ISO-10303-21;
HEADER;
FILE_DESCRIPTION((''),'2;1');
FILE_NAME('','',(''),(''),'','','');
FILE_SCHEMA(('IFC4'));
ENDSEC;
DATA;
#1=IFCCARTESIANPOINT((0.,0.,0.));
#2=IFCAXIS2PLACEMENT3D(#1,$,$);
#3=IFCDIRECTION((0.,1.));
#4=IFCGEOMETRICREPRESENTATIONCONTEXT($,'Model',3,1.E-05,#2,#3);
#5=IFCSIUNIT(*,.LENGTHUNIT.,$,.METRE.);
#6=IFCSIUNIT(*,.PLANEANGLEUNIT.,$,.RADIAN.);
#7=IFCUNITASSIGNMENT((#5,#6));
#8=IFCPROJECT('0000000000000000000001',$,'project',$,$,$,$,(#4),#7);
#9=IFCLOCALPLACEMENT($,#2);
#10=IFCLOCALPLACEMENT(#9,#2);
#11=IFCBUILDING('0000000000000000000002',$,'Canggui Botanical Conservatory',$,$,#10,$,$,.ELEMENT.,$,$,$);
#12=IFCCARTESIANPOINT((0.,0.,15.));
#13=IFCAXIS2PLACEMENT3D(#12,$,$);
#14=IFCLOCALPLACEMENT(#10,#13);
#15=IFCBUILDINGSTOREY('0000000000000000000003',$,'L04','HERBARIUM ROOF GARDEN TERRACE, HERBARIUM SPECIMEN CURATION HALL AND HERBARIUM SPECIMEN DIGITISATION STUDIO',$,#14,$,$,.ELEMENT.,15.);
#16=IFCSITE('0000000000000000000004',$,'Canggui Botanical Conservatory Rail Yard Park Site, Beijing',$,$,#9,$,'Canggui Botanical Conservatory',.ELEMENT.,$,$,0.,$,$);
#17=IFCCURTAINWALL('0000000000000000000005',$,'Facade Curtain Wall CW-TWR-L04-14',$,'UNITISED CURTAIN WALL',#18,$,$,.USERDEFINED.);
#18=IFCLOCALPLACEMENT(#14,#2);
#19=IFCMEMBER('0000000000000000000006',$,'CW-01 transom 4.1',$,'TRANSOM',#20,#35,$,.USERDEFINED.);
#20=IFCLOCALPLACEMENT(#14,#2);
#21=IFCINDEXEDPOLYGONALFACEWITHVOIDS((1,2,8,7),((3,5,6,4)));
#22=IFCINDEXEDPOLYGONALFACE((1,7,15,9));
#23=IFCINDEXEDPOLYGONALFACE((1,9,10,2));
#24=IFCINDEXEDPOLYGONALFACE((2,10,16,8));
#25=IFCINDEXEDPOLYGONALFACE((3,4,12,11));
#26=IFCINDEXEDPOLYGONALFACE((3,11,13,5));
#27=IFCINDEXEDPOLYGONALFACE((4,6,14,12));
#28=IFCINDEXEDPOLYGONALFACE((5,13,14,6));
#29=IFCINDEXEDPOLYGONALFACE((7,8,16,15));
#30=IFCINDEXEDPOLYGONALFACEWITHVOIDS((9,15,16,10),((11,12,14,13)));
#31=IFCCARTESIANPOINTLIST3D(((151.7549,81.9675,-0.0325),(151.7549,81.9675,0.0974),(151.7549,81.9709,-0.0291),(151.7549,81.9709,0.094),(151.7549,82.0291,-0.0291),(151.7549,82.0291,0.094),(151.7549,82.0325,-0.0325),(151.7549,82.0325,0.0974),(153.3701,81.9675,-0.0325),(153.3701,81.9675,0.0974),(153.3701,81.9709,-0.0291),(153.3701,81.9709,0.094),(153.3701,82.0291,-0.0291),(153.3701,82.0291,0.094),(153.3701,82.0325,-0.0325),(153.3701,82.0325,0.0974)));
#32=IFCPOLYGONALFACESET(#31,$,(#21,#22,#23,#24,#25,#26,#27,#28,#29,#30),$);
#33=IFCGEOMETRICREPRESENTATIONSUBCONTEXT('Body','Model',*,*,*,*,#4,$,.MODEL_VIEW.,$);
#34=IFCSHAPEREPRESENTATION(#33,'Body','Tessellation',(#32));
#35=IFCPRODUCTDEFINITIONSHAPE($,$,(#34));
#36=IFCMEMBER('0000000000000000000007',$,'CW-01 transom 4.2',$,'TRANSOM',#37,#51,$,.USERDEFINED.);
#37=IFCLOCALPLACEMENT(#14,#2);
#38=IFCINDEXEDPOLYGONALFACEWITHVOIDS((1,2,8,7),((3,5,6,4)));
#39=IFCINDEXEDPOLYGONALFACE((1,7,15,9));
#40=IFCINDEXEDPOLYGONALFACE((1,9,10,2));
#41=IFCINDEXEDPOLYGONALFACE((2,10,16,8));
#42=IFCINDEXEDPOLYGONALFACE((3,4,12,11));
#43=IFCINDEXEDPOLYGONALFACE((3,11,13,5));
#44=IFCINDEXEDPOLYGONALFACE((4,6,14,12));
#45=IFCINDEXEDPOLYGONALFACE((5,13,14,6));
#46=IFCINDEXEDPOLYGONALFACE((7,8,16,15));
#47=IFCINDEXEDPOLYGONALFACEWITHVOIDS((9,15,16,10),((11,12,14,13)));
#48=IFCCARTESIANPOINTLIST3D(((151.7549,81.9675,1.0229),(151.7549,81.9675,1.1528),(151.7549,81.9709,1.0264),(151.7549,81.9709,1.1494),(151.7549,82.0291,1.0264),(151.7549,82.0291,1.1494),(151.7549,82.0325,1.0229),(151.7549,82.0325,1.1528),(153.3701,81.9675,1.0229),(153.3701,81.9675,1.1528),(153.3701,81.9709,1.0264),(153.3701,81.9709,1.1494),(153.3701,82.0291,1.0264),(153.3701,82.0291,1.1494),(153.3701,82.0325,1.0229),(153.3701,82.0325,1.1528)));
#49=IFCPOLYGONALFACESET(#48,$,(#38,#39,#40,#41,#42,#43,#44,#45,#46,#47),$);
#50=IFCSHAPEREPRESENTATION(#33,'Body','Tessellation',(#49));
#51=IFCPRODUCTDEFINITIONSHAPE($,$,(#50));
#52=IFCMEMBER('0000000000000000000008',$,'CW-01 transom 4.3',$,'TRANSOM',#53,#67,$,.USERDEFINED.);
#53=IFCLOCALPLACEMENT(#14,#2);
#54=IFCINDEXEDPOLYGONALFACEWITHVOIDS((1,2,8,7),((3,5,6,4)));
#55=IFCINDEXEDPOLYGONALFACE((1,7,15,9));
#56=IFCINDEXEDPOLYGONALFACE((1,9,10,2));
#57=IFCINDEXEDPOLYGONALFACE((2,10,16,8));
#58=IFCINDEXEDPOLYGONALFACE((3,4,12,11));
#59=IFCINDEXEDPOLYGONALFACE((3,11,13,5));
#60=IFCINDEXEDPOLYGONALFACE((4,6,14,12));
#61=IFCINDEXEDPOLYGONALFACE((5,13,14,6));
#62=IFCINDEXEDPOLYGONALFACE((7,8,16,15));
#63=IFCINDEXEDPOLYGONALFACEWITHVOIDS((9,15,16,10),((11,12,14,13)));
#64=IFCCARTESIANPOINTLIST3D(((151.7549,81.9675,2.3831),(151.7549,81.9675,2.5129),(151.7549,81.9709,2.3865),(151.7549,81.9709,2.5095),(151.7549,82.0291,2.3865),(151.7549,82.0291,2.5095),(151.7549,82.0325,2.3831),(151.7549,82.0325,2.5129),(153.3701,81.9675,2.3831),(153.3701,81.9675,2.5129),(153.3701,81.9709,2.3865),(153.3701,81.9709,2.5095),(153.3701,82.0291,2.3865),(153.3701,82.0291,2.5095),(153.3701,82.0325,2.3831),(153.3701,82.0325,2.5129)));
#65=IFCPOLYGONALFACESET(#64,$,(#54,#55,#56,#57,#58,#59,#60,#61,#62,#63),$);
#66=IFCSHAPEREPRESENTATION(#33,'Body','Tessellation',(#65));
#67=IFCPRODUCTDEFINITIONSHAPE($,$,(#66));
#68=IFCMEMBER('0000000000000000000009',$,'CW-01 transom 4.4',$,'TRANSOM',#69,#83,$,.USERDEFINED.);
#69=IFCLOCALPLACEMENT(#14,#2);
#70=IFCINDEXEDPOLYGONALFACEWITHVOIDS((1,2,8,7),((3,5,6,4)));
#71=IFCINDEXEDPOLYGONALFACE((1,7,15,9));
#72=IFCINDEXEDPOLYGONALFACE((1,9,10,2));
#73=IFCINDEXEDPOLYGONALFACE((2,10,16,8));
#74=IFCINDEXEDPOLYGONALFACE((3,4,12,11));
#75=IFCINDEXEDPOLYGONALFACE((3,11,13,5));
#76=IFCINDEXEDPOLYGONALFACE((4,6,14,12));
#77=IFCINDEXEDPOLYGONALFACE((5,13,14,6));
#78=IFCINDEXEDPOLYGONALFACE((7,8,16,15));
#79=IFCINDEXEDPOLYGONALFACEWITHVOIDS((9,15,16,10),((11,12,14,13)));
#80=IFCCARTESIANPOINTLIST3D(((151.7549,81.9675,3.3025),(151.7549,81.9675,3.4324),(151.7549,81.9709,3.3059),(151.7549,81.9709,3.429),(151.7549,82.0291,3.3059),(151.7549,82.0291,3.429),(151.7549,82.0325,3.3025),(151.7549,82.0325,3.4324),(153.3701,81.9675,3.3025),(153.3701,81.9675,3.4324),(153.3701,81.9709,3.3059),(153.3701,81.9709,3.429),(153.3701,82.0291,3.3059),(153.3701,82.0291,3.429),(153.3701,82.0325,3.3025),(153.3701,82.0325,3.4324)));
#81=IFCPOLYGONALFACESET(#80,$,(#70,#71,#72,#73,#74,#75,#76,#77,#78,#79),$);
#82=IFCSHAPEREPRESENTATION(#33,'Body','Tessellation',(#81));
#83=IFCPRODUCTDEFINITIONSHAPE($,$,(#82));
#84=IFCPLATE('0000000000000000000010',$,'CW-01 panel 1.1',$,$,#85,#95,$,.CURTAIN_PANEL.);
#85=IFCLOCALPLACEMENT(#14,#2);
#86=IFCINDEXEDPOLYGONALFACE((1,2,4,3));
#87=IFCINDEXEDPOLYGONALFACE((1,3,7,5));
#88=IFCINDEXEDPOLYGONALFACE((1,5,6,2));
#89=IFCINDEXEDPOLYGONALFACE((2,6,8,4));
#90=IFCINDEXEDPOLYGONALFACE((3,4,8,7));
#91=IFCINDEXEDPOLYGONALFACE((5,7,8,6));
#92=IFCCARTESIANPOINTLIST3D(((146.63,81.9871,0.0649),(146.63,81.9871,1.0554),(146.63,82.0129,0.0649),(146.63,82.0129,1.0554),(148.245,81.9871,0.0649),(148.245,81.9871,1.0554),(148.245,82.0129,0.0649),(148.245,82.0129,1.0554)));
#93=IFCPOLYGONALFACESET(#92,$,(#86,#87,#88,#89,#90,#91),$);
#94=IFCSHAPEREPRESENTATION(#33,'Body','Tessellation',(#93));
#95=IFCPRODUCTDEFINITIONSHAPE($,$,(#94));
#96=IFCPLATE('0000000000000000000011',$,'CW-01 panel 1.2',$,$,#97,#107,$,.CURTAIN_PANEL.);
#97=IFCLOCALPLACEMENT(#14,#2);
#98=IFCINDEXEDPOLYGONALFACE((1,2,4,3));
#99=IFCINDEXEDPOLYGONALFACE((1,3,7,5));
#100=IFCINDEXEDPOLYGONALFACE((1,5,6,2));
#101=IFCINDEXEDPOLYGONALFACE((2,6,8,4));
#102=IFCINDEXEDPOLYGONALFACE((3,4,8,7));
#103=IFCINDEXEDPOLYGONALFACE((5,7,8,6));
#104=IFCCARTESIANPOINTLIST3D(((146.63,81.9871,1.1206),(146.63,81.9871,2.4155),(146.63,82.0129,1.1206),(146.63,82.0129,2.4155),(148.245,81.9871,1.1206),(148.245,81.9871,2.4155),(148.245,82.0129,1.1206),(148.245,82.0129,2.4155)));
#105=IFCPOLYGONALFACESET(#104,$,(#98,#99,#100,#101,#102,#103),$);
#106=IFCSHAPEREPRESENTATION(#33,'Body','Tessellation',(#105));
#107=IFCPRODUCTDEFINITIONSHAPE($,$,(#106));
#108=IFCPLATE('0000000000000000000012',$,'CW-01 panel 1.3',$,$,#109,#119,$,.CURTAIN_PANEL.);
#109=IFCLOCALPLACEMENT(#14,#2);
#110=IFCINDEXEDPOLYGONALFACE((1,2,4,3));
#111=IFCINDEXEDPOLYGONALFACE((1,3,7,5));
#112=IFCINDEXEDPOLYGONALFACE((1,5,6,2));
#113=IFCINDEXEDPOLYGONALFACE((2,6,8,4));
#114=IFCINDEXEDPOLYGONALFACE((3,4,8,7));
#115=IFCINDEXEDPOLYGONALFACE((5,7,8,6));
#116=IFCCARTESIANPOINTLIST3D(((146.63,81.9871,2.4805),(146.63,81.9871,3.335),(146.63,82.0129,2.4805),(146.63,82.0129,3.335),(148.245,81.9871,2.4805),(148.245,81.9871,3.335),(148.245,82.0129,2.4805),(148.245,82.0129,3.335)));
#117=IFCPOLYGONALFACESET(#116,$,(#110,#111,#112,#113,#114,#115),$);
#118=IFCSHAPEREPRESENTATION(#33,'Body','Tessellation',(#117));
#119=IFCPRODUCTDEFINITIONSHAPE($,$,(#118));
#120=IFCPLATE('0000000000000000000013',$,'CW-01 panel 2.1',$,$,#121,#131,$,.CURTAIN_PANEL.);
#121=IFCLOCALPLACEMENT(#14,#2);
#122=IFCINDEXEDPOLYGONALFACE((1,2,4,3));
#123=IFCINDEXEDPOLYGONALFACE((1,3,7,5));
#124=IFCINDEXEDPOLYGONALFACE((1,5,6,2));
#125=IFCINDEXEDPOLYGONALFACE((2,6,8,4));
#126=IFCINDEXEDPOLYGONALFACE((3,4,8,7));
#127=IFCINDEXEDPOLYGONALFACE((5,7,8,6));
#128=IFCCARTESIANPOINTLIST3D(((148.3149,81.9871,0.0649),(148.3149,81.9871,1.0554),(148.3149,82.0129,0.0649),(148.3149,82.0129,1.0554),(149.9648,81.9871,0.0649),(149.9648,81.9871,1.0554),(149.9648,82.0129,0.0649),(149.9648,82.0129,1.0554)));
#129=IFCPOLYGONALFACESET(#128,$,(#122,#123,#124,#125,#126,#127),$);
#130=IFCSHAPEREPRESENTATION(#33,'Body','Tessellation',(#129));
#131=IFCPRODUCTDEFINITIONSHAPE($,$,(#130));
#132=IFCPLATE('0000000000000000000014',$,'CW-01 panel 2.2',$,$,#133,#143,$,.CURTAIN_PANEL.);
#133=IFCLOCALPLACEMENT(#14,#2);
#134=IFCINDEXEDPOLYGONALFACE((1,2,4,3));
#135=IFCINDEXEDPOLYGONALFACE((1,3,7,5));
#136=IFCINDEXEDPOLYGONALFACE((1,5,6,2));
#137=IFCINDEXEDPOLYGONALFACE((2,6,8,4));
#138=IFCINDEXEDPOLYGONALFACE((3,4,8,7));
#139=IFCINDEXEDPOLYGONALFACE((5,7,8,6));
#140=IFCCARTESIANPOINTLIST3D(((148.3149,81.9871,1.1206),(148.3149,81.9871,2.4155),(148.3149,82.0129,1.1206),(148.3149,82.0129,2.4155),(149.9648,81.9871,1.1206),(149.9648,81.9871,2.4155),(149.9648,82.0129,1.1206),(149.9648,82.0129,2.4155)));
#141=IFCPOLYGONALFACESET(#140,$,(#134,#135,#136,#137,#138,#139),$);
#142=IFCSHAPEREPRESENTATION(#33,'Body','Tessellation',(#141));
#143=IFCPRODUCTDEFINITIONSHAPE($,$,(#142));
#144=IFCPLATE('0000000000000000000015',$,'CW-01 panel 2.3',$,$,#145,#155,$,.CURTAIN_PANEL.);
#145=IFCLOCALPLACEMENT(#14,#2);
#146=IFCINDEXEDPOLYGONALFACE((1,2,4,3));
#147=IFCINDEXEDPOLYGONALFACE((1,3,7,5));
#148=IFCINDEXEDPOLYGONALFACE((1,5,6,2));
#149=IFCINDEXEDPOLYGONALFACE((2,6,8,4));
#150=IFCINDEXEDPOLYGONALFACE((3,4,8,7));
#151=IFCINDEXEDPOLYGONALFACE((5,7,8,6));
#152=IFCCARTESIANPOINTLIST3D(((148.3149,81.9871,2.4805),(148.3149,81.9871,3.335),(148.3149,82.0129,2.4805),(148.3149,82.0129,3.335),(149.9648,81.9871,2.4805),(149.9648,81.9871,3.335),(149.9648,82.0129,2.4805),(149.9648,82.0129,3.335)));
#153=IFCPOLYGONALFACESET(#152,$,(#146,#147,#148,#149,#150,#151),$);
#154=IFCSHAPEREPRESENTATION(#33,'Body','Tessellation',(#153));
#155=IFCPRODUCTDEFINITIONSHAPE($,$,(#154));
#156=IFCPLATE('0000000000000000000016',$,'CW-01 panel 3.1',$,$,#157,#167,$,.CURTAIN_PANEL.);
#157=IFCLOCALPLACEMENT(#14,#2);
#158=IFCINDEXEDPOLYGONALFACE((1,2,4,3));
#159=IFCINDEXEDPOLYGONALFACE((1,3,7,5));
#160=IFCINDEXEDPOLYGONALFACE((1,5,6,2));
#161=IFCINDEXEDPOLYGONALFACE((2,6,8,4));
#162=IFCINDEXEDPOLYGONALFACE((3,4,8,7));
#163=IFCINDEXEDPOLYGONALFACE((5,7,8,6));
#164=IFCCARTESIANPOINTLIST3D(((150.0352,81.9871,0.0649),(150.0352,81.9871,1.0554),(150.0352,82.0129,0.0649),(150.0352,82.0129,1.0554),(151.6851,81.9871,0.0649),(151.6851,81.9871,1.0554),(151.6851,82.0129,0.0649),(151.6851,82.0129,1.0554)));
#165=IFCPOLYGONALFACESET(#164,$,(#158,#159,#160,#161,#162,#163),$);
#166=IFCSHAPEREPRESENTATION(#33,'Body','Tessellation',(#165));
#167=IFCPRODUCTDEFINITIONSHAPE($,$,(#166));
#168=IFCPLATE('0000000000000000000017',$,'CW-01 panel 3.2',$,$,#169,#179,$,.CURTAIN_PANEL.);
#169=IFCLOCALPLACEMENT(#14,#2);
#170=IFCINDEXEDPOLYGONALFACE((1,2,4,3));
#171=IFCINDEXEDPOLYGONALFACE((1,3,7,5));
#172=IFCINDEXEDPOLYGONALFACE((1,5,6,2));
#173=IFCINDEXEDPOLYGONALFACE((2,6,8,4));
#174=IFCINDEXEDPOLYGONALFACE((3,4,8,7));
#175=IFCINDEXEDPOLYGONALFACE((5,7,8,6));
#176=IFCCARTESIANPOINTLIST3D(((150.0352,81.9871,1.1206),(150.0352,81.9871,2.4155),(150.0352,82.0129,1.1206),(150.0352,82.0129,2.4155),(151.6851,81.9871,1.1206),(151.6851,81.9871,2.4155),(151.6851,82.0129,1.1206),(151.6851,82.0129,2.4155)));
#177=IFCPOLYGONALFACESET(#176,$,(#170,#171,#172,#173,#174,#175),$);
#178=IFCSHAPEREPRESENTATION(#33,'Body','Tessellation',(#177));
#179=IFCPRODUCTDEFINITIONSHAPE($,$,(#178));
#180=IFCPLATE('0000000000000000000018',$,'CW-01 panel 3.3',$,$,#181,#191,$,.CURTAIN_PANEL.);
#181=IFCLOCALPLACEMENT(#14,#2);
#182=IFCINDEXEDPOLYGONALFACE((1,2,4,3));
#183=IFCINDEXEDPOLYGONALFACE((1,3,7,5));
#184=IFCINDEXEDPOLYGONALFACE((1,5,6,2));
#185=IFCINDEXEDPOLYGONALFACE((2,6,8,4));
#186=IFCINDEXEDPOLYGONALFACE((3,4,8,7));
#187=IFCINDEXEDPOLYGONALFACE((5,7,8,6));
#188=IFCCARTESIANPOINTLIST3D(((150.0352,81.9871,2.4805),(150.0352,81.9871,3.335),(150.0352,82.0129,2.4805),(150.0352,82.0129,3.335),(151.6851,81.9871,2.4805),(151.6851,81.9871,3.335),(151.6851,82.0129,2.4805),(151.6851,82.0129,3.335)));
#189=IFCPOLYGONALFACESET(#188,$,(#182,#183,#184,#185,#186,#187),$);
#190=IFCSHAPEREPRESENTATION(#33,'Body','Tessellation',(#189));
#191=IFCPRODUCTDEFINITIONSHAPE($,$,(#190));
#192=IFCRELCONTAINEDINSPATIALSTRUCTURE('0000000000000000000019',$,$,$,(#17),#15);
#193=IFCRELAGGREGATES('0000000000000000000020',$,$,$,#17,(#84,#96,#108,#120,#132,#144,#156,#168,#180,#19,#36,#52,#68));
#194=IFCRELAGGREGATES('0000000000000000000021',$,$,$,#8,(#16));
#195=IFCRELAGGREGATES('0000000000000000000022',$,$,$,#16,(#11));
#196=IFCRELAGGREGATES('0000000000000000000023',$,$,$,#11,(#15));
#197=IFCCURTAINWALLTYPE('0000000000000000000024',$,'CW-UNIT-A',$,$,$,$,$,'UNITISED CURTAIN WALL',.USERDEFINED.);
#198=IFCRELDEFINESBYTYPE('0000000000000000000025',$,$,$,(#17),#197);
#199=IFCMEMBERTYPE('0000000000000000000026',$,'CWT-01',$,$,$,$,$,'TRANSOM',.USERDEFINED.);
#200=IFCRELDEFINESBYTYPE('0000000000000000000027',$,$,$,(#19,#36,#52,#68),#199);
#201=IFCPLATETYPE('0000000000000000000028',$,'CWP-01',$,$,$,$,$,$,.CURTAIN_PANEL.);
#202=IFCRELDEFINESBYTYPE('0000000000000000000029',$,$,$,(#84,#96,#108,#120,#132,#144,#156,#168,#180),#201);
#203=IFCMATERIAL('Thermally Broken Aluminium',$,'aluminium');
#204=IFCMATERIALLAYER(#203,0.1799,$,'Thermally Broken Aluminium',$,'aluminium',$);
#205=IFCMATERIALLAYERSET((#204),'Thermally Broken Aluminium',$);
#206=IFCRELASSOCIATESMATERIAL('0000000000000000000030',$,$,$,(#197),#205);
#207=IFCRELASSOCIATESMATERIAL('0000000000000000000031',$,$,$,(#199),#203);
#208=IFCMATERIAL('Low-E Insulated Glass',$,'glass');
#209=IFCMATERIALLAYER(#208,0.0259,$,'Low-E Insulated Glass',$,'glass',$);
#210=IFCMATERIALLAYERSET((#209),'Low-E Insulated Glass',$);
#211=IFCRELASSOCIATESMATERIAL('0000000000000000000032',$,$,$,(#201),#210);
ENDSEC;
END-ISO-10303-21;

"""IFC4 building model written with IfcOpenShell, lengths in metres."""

from ifc_helpers import new_model, si_unit, direction, frame, origin, origin_2d, place, context, subcontext, project, spatial, rectangle, hollow_rectangle, extrude, material, layer, layer_set, material_profile, profile_set, type_object, element, aggregate, save


model = new_model("IFC4")

# Units and contexts
model_context = context("Model", 3, precision=1e-05, world=origin(), true_north=direction((0.0, 1.0)))
body_context = subcontext(model_context, "Body", "Model", "MODEL_VIEW")
ifc_project = project(units=[si_unit("LENGTHUNIT", "METRE"), si_unit("PLANEANGLEUNIT", "RADIAN")], contexts=[model_context])

# Site, building, storey
site_placement = place(None, origin())
site = spatial("IfcSite", under=ifc_project, at=site_placement, Name="Canggui Botanical Conservatory Rail Yard Park Site, Beijing", LongName="Canggui Botanical Conservatory", CompositionType="ELEMENT", RefElevation=0.0)
building_placement = place(site_placement, origin())
building = spatial("IfcBuilding", under=site, at=building_placement, Name="Canggui Botanical Conservatory", CompositionType="ELEMENT")
storey_placement = place(building_placement, frame((0.0, 0.0, 15.0)))
storey = spatial("IfcBuildingStorey", under=building, at=storey_placement, Name="L04", Description="HERBARIUM ROOF GARDEN TERRACE, HERBARIUM SPECIMEN CURATION HALL AND HERBARIUM SPECIMEN DIGITISATION STUDIO", CompositionType="ELEMENT", Elevation=15.0)

# Curtain wall, members, plates
ifc_material_1 = material(Name="Thermally Broken Aluminium", Category="aluminium")
ifc_layer_1 = layer(ifc_material_1, 0.1799, Name="Thermally Broken Aluminium", Category="aluminium")
ifc_layer_set_1 = layer_set([ifc_layer_1], Name="Thermally Broken Aluminium")
curtain_wall_type = type_object("IfcCurtainWallType", Name="CW-UNIT-A", ElementType="UNITISED CURTAIN WALL", PredefinedType="USERDEFINED", material=ifc_layer_set_1)
curtain_wall_placement = place(storey_placement, origin())
curtain_wall = element("IfcCurtainWall", 1, at=curtain_wall_placement, inside=storey, type_object=curtain_wall_type, Name="Facade Curtain Wall CW-TWR-L04-14", ObjectType="UNITISED CURTAIN WALL", PredefinedType="USERDEFINED")
ifc_material_profile_1 = material_profile(ifc_material_1, hollow_rectangle(XDim=0.0649, YDim=0.1299, WallThickness=0.0034, at=origin_2d()), Name="CWT 65x130x3.5")
ifc_profile_set_1 = profile_set([ifc_material_profile_1], Name="Thermally Broken Aluminium")
member_type_1 = type_object("IfcMemberType", Name="CWT-01", ElementType="TRANSOM", PredefinedType="USERDEFINED", material=ifc_profile_set_1)
member_1_placement = place(storey_placement, frame((151.7549, 82.0, 0.0325), z_axis=(1.0, 0.0, 0.0), x_axis=(0.0, 1.0, 0.0)))
member_1 = element("IfcMember", 2, at=member_1_placement, type_object=member_type_1, Name="CW-01 transom 4.1", ObjectType="TRANSOM", PredefinedType="USERDEFINED", context=body_context, shape_type="SweptSolid", body=[
    extrude(hollow_rectangle(XDim=0.0649, YDim=0.1299, WallThickness=0.0034, at=origin_2d()), origin(), (0.0, 0.0, 1.0), 1.6152),
])
member_2_placement = place(storey_placement, frame((151.7549, 82.0, 1.0879), z_axis=(1.0, 0.0, 0.0), x_axis=(0.0, 1.0, 0.0)))
member_2 = element("IfcMember", 3, at=member_2_placement, type_object=member_type_1, Name="CW-01 transom 4.2", ObjectType="TRANSOM", PredefinedType="USERDEFINED", context=body_context, shape_type="SweptSolid", body=[
    extrude(hollow_rectangle(XDim=0.0649, YDim=0.1299, WallThickness=0.0034, at=origin_2d()), origin(), (0.0, 0.0, 1.0), 1.6152),
])
member_3_placement = place(storey_placement, frame((151.7549, 82.0, 2.448), z_axis=(1.0, 0.0, 0.0), x_axis=(0.0, 1.0, 0.0)))
member_3 = element("IfcMember", 4, at=member_3_placement, type_object=member_type_1, Name="CW-01 transom 4.3", ObjectType="TRANSOM", PredefinedType="USERDEFINED", context=body_context, shape_type="SweptSolid", body=[
    extrude(hollow_rectangle(XDim=0.0649, YDim=0.1299, WallThickness=0.0034, at=origin_2d()), origin(), (0.0, 0.0, 1.0), 1.6152),
])
member_4_placement = place(storey_placement, frame((151.7549, 82.0, 3.3674), z_axis=(1.0, 0.0, 0.0), x_axis=(0.0, 1.0, 0.0)))
member_4 = element("IfcMember", 5, at=member_4_placement, type_object=member_type_1, Name="CW-01 transom 4.4", ObjectType="TRANSOM", PredefinedType="USERDEFINED", context=body_context, shape_type="SweptSolid", body=[
    extrude(hollow_rectangle(XDim=0.0649, YDim=0.1299, WallThickness=0.0034, at=origin_2d()), origin(), (0.0, 0.0, 1.0), 1.6152),
])
ifc_material_2 = material(Name="Low-E Insulated Glass", Category="glass")
ifc_layer_2 = layer(ifc_material_2, 0.0259, Name="Low-E Insulated Glass", Category="glass")
ifc_layer_set_2 = layer_set([ifc_layer_2], Name="Low-E Insulated Glass")
plate_type = type_object("IfcPlateType", Name="CWP-01", PredefinedType="CURTAIN_PANEL", material=ifc_layer_set_2)
plate_1_placement = place(storey_placement, frame((147.4375, 82.0, 0.0649), z_axis=(0.0, 0.0, 1.0), x_axis=(1.0, 0.0, 0.0)))
plate_1 = element("IfcPlate", 6, at=plate_1_placement, type_object=plate_type, Name="CW-01 panel 1.1", PredefinedType="CURTAIN_PANEL", context=body_context, shape_type="SweptSolid", body=[
    extrude(rectangle(XDim=1.615, YDim=0.0259, at=origin_2d()), origin(), (0.0, 0.0, 1.0), 0.9905),
])
plate_2_placement = place(storey_placement, frame((147.4375, 82.0, 1.1206), z_axis=(0.0, 0.0, 1.0), x_axis=(1.0, 0.0, 0.0)))
plate_2 = element("IfcPlate", 7, at=plate_2_placement, type_object=plate_type, Name="CW-01 panel 1.2", PredefinedType="CURTAIN_PANEL", context=body_context, shape_type="SweptSolid", body=[
    extrude(rectangle(XDim=1.615, YDim=0.0259, at=origin_2d()), origin(), (0.0, 0.0, 1.0), 1.2949),
])
plate_3_placement = place(storey_placement, frame((147.4375, 82.0, 2.4805), z_axis=(0.0, 0.0, 1.0), x_axis=(1.0, 0.0, 0.0)))
plate_3 = element("IfcPlate", 8, at=plate_3_placement, type_object=plate_type, Name="CW-01 panel 1.3", PredefinedType="CURTAIN_PANEL", context=body_context, shape_type="SweptSolid", body=[
    extrude(rectangle(XDim=1.615, YDim=0.0259, at=origin_2d()), origin(), (0.0, 0.0, 1.0), 0.8545),
])
plate_4_placement = place(storey_placement, frame((149.1399, 82.0, 0.0649), z_axis=(0.0, 0.0, 1.0), x_axis=(1.0, 0.0, 0.0)))
plate_4 = element("IfcPlate", 9, at=plate_4_placement, type_object=plate_type, Name="CW-01 panel 2.1", PredefinedType="CURTAIN_PANEL", context=body_context, shape_type="SweptSolid", body=[
    extrude(rectangle(XDim=1.6499, YDim=0.0259, at=origin_2d()), origin(), (0.0, 0.0, 1.0), 0.9905),
])
plate_5_placement = place(storey_placement, frame((149.1399, 82.0, 1.1206), z_axis=(0.0, 0.0, 1.0), x_axis=(1.0, 0.0, 0.0)))
plate_5 = element("IfcPlate", 10, at=plate_5_placement, type_object=plate_type, Name="CW-01 panel 2.2", PredefinedType="CURTAIN_PANEL", context=body_context, shape_type="SweptSolid", body=[
    extrude(rectangle(XDim=1.6499, YDim=0.0259, at=origin_2d()), origin(), (0.0, 0.0, 1.0), 1.2949),
])
plate_6_placement = place(storey_placement, frame((149.1399, 82.0, 2.4805), z_axis=(0.0, 0.0, 1.0), x_axis=(1.0, 0.0, 0.0)))
plate_6 = element("IfcPlate", 11, at=plate_6_placement, type_object=plate_type, Name="CW-01 panel 2.3", PredefinedType="CURTAIN_PANEL", context=body_context, shape_type="SweptSolid", body=[
    extrude(rectangle(XDim=1.6499, YDim=0.0259, at=origin_2d()), origin(), (0.0, 0.0, 1.0), 0.8545),
])
plate_7_placement = place(storey_placement, frame((150.8601, 82.0, 0.0649), z_axis=(0.0, 0.0, 1.0), x_axis=(1.0, 0.0, 0.0)))
plate_7 = element("IfcPlate", 12, at=plate_7_placement, type_object=plate_type, Name="CW-01 panel 3.1", PredefinedType="CURTAIN_PANEL", context=body_context, shape_type="SweptSolid", body=[
    extrude(rectangle(XDim=1.6499, YDim=0.0259, at=origin_2d()), origin(), (0.0, 0.0, 1.0), 0.9905),
])
plate_8_placement = place(storey_placement, frame((150.8601, 82.0, 1.1206), z_axis=(0.0, 0.0, 1.0), x_axis=(1.0, 0.0, 0.0)))
plate_8 = element("IfcPlate", 13, at=plate_8_placement, type_object=plate_type, Name="CW-01 panel 3.2", PredefinedType="CURTAIN_PANEL", context=body_context, shape_type="SweptSolid", body=[
    extrude(rectangle(XDim=1.6499, YDim=0.0259, at=origin_2d()), origin(), (0.0, 0.0, 1.0), 1.2949),
])
plate_9_placement = place(storey_placement, frame((150.8601, 82.0, 2.4805), z_axis=(0.0, 0.0, 1.0), x_axis=(1.0, 0.0, 0.0)))
plate_9 = element("IfcPlate", 14, at=plate_9_placement, type_object=plate_type, Name="CW-01 panel 3.3", PredefinedType="CURTAIN_PANEL", context=body_context, shape_type="SweptSolid", body=[
    extrude(rectangle(XDim=1.6499, YDim=0.0259, at=origin_2d()), origin(), (0.0, 0.0, 1.0), 0.8545),
])
aggregate(curtain_wall, [plate_1, plate_2, plate_3, plate_4, plate_5, plate_6, plate_7, plate_8, plate_9, member_1, member_2, member_3, member_4])

save(model, "model.ifc")
